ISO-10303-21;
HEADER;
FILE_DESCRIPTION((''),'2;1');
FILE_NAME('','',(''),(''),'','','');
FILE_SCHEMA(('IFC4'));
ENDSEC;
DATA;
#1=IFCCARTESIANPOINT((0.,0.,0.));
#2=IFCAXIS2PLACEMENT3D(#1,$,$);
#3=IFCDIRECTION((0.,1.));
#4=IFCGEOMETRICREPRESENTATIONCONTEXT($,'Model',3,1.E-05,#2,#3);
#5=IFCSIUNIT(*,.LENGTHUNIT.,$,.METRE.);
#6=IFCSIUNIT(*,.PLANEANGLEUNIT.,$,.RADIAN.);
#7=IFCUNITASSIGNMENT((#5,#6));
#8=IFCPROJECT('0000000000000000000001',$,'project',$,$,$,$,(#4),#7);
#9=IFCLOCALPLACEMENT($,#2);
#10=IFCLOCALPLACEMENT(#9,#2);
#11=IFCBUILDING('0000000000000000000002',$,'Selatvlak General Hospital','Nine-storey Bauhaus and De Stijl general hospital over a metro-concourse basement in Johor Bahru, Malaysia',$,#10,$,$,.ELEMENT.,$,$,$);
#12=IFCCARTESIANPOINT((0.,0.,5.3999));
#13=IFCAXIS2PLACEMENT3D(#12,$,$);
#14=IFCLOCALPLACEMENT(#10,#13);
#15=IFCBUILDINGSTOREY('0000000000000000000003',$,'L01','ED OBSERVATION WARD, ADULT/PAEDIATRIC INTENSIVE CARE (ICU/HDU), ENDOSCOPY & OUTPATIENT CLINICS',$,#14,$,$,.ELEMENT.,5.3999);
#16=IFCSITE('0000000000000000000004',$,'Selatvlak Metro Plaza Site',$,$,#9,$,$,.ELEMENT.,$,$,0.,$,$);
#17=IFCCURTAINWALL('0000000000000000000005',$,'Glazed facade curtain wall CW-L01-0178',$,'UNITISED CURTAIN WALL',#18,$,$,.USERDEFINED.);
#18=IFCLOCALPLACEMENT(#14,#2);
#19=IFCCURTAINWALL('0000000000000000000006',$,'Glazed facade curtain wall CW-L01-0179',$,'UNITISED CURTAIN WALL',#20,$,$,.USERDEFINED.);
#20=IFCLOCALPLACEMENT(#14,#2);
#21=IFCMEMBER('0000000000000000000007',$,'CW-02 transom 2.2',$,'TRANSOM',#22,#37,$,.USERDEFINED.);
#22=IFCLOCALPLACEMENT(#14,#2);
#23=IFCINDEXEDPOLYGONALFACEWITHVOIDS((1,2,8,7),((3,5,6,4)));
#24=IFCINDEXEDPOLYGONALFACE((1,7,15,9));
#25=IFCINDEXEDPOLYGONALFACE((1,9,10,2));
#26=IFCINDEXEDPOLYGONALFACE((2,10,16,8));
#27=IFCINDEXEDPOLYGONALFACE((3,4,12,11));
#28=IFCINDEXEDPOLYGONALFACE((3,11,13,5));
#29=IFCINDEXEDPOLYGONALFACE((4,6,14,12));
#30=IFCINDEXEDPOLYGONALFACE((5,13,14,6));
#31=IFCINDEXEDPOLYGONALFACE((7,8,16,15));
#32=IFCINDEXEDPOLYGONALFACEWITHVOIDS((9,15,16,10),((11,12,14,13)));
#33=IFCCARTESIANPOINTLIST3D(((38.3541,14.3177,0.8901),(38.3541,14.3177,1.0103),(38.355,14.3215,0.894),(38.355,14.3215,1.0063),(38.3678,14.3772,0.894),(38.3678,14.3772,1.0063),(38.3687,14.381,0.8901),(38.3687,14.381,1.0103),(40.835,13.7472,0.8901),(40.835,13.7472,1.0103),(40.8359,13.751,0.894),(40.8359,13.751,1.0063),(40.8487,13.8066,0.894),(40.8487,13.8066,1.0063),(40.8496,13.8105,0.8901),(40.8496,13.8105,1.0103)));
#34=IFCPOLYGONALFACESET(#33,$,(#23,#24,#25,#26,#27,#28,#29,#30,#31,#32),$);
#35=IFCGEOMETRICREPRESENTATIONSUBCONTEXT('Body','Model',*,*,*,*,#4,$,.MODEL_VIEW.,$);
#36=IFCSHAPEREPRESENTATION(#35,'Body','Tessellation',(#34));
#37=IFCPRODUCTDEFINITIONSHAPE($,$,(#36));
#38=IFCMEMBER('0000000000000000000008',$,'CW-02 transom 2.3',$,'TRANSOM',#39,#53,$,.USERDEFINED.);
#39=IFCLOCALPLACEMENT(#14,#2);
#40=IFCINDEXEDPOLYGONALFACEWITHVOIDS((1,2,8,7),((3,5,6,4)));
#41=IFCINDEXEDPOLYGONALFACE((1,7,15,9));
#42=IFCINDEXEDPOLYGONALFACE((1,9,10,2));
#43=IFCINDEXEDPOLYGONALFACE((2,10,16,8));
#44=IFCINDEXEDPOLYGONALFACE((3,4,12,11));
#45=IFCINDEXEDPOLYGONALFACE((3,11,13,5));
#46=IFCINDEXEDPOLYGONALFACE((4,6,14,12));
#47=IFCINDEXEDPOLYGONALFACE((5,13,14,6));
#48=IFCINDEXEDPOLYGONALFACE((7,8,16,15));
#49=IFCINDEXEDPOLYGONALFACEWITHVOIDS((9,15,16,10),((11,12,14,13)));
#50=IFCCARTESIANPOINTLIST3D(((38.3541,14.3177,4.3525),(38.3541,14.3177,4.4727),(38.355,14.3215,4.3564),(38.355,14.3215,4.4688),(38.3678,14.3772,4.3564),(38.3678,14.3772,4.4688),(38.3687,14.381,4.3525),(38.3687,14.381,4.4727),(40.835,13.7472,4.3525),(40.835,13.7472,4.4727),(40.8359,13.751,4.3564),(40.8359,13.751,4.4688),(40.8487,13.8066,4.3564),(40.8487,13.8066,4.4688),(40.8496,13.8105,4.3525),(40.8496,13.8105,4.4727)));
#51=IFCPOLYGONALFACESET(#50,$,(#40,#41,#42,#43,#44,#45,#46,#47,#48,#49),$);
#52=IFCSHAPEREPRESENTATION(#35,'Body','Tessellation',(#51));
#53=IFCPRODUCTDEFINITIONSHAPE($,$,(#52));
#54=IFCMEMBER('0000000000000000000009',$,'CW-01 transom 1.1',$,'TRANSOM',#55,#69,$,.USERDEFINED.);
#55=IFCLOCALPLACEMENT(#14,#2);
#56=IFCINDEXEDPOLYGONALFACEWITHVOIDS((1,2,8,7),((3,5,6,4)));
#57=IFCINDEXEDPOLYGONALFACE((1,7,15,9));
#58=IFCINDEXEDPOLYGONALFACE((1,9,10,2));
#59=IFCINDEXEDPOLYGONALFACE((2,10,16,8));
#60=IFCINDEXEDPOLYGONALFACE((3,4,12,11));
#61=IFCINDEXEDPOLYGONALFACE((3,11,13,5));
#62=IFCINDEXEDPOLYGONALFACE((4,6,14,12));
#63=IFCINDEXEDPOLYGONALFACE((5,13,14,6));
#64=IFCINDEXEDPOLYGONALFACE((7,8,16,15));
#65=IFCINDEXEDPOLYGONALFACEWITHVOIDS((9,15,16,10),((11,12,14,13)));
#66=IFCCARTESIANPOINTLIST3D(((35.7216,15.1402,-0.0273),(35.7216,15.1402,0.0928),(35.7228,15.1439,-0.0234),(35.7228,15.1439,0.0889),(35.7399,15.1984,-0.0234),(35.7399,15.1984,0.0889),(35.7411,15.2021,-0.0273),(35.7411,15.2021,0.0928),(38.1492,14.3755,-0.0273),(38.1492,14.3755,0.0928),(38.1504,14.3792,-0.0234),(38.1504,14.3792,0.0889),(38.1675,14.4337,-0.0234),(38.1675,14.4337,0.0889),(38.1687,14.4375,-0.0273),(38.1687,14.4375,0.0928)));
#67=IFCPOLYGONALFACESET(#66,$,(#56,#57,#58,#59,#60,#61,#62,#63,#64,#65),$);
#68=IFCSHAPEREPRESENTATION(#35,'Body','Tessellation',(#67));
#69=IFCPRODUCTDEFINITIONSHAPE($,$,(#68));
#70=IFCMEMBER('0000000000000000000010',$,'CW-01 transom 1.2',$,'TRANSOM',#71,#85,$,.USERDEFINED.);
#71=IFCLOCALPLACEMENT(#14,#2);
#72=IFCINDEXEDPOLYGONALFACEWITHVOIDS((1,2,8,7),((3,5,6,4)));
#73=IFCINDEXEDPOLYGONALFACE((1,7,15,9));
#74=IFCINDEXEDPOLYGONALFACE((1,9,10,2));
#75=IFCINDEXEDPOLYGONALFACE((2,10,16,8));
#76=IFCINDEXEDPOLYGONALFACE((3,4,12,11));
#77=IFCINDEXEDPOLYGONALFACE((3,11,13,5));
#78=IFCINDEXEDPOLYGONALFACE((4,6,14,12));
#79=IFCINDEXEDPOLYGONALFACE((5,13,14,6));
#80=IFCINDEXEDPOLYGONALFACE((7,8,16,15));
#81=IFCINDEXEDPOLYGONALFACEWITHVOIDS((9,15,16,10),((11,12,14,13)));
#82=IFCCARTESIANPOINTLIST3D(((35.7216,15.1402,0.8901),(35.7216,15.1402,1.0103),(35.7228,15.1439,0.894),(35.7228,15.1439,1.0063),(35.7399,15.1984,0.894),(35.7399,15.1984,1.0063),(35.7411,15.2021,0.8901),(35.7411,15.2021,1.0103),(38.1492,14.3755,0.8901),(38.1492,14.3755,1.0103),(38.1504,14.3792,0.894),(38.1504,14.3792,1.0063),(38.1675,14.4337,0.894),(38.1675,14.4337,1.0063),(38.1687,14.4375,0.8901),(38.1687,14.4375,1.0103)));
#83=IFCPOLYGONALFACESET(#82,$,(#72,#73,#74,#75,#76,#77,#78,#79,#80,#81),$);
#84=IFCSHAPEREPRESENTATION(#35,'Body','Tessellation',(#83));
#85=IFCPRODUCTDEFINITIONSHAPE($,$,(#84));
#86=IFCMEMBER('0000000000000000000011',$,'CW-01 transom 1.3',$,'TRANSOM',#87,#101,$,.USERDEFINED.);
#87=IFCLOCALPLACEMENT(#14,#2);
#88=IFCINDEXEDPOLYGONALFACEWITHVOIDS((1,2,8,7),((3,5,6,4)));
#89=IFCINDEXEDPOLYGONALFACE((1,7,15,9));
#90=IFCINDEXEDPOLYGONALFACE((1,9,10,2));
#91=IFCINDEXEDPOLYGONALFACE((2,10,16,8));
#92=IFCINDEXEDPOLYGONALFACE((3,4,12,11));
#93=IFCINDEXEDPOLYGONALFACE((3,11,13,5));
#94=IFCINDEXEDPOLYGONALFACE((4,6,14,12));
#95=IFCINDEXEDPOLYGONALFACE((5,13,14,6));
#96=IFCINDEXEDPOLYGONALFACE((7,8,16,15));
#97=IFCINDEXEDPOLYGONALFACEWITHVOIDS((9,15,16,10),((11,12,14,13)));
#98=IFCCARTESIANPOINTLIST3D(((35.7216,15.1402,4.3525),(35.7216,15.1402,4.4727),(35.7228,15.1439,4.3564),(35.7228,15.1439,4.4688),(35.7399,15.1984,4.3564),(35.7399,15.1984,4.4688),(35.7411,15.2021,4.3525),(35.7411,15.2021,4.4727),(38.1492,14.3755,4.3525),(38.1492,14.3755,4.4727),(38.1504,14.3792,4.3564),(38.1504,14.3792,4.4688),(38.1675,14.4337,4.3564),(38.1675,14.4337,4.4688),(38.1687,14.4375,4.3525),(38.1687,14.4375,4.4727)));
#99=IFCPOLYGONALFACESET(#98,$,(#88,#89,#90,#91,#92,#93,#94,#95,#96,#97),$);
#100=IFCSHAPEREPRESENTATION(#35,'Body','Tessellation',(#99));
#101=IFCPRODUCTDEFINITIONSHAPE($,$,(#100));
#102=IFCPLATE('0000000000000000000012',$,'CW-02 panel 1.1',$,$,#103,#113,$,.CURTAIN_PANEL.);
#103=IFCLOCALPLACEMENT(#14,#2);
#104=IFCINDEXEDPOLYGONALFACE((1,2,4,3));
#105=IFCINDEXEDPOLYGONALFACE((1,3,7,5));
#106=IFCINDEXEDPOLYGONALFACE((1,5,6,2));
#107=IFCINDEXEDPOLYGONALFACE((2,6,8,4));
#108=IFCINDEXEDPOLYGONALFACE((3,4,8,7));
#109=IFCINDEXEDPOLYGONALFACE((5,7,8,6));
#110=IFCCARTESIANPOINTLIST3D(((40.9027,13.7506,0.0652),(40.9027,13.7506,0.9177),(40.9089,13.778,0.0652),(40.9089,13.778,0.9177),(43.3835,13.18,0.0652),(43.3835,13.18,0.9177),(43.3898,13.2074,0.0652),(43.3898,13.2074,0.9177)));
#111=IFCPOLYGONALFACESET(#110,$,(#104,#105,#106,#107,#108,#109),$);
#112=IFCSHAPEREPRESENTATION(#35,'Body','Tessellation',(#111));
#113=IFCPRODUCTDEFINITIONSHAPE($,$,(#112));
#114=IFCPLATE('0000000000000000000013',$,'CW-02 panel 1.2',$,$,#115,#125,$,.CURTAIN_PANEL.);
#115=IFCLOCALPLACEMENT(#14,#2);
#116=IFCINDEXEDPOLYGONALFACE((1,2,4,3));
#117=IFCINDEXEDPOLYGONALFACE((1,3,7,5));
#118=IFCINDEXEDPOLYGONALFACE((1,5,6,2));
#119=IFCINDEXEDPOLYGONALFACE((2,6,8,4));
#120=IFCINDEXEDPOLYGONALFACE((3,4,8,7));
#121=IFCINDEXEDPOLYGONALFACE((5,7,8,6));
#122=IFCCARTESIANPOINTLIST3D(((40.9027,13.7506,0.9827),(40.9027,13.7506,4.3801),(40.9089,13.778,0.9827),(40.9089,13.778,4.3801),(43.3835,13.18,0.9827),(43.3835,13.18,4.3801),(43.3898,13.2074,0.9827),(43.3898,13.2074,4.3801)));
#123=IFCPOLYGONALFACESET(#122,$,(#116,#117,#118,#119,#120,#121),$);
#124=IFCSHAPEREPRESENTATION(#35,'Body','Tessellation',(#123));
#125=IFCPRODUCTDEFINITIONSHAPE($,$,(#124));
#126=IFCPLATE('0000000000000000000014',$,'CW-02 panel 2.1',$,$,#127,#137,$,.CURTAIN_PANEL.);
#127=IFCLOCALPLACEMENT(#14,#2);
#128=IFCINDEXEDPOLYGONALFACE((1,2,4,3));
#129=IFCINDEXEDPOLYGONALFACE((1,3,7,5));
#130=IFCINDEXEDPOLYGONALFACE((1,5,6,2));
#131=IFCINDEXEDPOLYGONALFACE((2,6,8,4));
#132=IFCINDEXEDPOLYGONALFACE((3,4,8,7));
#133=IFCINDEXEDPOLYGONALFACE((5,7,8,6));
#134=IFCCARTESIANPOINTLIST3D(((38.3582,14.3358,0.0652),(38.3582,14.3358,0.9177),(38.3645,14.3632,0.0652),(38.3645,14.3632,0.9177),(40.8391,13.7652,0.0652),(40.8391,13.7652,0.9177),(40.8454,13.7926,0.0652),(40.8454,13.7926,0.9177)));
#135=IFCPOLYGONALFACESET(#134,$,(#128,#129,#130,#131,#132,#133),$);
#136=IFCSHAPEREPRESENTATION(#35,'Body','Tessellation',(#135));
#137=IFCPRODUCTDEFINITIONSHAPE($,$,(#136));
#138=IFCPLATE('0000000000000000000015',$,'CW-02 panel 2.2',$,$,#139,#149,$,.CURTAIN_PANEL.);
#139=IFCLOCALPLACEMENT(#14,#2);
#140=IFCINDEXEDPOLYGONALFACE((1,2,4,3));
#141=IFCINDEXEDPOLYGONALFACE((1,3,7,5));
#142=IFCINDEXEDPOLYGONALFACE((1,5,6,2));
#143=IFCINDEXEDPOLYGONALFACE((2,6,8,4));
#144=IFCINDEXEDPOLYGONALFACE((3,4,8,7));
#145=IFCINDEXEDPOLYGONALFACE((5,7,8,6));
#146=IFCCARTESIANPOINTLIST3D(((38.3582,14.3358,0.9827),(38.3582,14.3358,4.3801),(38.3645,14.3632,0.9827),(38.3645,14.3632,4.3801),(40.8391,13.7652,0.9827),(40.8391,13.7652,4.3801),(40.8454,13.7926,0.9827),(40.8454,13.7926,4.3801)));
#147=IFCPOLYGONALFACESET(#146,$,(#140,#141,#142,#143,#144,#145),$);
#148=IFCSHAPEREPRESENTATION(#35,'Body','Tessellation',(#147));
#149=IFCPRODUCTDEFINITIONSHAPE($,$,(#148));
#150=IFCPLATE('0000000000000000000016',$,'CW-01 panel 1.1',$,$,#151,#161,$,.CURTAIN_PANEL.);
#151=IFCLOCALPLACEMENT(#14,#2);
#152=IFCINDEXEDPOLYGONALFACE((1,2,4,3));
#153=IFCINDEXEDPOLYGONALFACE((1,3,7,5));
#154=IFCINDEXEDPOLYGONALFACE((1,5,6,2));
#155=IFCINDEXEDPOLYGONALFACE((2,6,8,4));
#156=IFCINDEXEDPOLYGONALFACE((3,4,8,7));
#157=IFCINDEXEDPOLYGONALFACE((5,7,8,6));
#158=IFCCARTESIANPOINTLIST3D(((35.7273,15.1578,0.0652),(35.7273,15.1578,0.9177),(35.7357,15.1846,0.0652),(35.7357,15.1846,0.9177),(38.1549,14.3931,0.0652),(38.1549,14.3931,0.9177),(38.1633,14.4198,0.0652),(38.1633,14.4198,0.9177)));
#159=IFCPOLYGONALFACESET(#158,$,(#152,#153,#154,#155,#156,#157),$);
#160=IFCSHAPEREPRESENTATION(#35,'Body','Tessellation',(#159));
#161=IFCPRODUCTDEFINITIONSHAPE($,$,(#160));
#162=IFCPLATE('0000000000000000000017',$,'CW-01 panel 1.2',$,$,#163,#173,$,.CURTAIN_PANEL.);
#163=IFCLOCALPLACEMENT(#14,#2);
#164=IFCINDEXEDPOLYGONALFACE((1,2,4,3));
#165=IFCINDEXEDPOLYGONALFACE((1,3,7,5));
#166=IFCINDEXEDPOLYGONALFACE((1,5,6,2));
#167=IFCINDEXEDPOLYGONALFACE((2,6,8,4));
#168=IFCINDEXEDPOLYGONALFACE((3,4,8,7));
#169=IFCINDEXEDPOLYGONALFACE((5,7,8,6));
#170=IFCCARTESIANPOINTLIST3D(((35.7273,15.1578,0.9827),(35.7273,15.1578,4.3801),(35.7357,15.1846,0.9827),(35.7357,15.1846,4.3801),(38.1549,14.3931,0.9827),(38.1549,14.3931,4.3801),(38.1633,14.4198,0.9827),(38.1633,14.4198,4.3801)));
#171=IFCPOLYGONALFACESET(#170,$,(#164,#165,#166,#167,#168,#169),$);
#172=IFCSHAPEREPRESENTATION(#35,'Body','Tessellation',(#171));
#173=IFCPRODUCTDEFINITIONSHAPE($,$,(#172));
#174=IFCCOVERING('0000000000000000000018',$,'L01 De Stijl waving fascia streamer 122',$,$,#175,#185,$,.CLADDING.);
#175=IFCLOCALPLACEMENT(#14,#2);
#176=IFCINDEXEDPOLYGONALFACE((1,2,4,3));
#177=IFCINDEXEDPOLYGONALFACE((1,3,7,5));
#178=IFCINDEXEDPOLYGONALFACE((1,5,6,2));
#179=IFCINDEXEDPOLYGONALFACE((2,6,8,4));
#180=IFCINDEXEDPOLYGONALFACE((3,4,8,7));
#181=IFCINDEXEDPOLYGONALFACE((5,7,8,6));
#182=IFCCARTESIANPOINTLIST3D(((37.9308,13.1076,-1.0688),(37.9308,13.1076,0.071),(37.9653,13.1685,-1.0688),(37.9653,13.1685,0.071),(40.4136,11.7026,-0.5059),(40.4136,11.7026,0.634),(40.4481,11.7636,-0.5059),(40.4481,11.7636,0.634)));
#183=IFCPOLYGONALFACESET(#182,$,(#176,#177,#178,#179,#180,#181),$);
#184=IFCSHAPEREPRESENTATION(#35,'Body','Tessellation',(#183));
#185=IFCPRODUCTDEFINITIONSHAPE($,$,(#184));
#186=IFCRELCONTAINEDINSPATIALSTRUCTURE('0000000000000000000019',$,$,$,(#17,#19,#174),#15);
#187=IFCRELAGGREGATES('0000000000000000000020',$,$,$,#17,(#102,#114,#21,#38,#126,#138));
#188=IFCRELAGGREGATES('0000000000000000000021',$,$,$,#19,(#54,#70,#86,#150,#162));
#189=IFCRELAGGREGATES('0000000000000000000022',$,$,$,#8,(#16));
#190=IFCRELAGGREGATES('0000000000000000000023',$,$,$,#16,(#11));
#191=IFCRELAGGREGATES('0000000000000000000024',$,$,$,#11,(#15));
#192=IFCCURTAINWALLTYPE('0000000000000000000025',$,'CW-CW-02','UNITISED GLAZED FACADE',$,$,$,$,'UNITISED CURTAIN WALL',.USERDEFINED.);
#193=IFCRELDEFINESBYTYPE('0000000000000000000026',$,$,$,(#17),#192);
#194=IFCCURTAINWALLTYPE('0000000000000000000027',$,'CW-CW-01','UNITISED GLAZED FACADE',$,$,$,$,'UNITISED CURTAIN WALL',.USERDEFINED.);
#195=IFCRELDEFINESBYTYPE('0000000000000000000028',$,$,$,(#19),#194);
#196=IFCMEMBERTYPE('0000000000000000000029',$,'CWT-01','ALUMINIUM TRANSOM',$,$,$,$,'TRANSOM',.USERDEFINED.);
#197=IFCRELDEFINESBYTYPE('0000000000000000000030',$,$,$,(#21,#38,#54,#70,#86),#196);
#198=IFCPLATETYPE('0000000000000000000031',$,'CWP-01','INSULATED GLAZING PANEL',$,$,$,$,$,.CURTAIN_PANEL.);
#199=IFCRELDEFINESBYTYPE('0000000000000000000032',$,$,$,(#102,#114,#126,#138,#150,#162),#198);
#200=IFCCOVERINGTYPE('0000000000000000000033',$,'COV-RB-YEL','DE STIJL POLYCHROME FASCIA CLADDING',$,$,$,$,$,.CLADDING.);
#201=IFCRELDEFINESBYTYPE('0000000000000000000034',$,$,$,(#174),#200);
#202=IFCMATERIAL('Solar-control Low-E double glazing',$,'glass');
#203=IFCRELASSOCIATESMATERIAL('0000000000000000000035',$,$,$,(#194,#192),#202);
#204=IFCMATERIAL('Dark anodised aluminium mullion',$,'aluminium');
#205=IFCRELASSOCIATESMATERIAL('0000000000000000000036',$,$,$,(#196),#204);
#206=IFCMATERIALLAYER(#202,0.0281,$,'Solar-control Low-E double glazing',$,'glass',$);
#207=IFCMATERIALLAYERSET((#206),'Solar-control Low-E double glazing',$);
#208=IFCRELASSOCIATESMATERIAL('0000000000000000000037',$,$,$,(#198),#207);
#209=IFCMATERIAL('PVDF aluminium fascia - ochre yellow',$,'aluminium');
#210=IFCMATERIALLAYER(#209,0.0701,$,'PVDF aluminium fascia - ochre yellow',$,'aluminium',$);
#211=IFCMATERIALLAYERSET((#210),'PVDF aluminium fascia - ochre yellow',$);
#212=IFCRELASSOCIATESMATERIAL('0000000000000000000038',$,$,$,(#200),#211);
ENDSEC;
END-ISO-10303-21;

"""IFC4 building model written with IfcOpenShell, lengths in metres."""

from ifc_helpers import new_model, si_unit, direction, frame, origin, origin_2d, place, context, subcontext, project, spatial, polyline, rectangle, hollow_rectangle, outline, extrude, material, layer, layer_set, material_profile, profile_set, type_object, element, aggregate, save


model = new_model("IFC4")

# Units and contexts
model_context = context("Model", 3, precision=1e-05, world=origin(), true_north=direction((0.0, 1.0)))
body_context = subcontext(model_context, "Body", "Model", "MODEL_VIEW")
ifc_project = project(units=[si_unit("LENGTHUNIT", "METRE"), si_unit("PLANEANGLEUNIT", "RADIAN")], contexts=[model_context])

# Site, building, storey
site_placement = place(None, origin())
site = spatial("IfcSite", under=ifc_project, at=site_placement, Name="Selatvlak Metro Plaza Site", CompositionType="ELEMENT", RefElevation=0.0)
building_placement = place(site_placement, origin())
building = spatial("IfcBuilding", under=site, at=building_placement, Name="Selatvlak General Hospital", Description="Nine-storey Bauhaus and De Stijl general hospital over a metro-concourse basement in Johor Bahru, Malaysia", CompositionType="ELEMENT")
storey_placement = place(building_placement, frame((0.0, 0.0, 5.3999)))
storey = spatial("IfcBuildingStorey", under=building, at=storey_placement, Name="L01", Description="ED OBSERVATION WARD, ADULT/PAEDIATRIC INTENSIVE CARE (ICU/HDU), ENDOSCOPY & OUTPATIENT CLINICS", CompositionType="ELEMENT", Elevation=5.3999)

# Shared definitions
ifc_material_1 = material(Name="Solar-control Low-E double glazing", Category="glass")
curtain_wall_type_1 = type_object("IfcCurtainWallType", Name="CW-CW-01", Description="UNITISED GLAZED FACADE", ElementType="UNITISED CURTAIN WALL", PredefinedType="USERDEFINED", material=ifc_material_1)
ifc_material_2 = material(Name="Dark anodised aluminium mullion", Category="aluminium")

# Curtain walls
curtain_wall_type_2 = type_object("IfcCurtainWallType", Name="CW-CW-02", Description="UNITISED GLAZED FACADE", ElementType="UNITISED CURTAIN WALL", PredefinedType="USERDEFINED", material=ifc_material_1)
curtain_wall_1_placement = place(storey_placement, origin())
curtain_wall_1 = element("IfcCurtainWall", 1, at=curtain_wall_1_placement, inside=storey, type_object=curtain_wall_type_2, Name="Glazed facade curtain wall CW-L01-0178", ObjectType="UNITISED CURTAIN WALL", PredefinedType="USERDEFINED")
curtain_wall_2_placement = place(storey_placement, origin())
curtain_wall_2 = element("IfcCurtainWall", 2, at=curtain_wall_2_placement, inside=storey, type_object=curtain_wall_type_1, Name="Glazed facade curtain wall CW-L01-0179", ObjectType="UNITISED CURTAIN WALL", PredefinedType="USERDEFINED")

# Members
ifc_material_profile_1 = material_profile(ifc_material_2, hollow_rectangle(XDim=0.0649, YDim=0.1201, WallThickness=0.0039, at=origin_2d()), Name="AL-TRN 65x120x4")
ifc_profile_set_1 = profile_set([ifc_material_profile_1], Name="Dark anodised aluminium mullion")
member_type_1 = type_object("IfcMemberType", Name="CWT-01", Description="ALUMINIUM TRANSOM", ElementType="TRANSOM", PredefinedType="USERDEFINED", material=ifc_profile_set_1)
member_1_placement = place(storey_placement, frame((40.8423, 13.7788, 0.9502), z_axis=(-0.974561, 0.224124, 0.0), x_axis=(-0.224124, -0.974561, 0.0)))
member_1 = element("IfcMember", 3, at=member_1_placement, type_object=member_type_1, Name="CW-02 transom 2.2", ObjectType="TRANSOM", PredefinedType="USERDEFINED", context=body_context, shape_type="SweptSolid", body=[
    extrude(hollow_rectangle(XDim=0.0649, YDim=0.1201, WallThickness=0.0039, at=origin_2d()), origin(), (0.0, 0.0, 1.0), 2.5457),
])
member_2_placement = place(storey_placement, frame((40.8423, 13.7788, 4.4126), z_axis=(-0.974561, 0.224124, 0.0), x_axis=(-0.224124, -0.974561, 0.0)))
member_2 = element("IfcMember", 4, at=member_2_placement, type_object=member_type_1, Name="CW-02 transom 2.3", ObjectType="TRANSOM", PredefinedType="USERDEFINED", context=body_context, shape_type="SweptSolid", body=[
    extrude(hollow_rectangle(XDim=0.0649, YDim=0.1201, WallThickness=0.0039, at=origin_2d()), origin(), (0.0, 0.0, 1.0), 2.5457),
])
member_3_placement = place(storey_placement, frame((38.1589, 14.4065, 0.0327), z_axis=(-0.9538, 0.300443, 0.0), x_axis=(-0.300443, -0.9538, 0.0)))
member_3 = element("IfcMember", 5, at=member_3_placement, type_object=member_type_1, Name="CW-01 transom 1.1", ObjectType="TRANSOM", PredefinedType="USERDEFINED", context=body_context, shape_type="SweptSolid", body=[
    extrude(hollow_rectangle(XDim=0.0649, YDim=0.1201, WallThickness=0.0039, at=origin_2d()), origin(), (0.0, 0.0, 1.0), 2.5452),
])
member_4_placement = place(storey_placement, frame((38.1589, 14.4065, 0.9502), z_axis=(-0.9538, 0.300443, 0.0), x_axis=(-0.300443, -0.9538, 0.0)))
member_4 = element("IfcMember", 6, at=member_4_placement, type_object=member_type_1, Name="CW-01 transom 1.2", ObjectType="TRANSOM", PredefinedType="USERDEFINED", context=body_context, shape_type="SweptSolid", body=[
    extrude(hollow_rectangle(XDim=0.0649, YDim=0.1201, WallThickness=0.0039, at=origin_2d()), origin(), (0.0, 0.0, 1.0), 2.5452),
])
member_5_placement = place(storey_placement, frame((38.1589, 14.4065, 4.4126), z_axis=(-0.9538, 0.300443, 0.0), x_axis=(-0.300443, -0.9538, 0.0)))
member_5 = element("IfcMember", 7, at=member_5_placement, type_object=member_type_1, Name="CW-01 transom 1.3", ObjectType="TRANSOM", PredefinedType="USERDEFINED", context=body_context, shape_type="SweptSolid", body=[
    extrude(hollow_rectangle(XDim=0.0649, YDim=0.1201, WallThickness=0.0039, at=origin_2d()), origin(), (0.0, 0.0, 1.0), 2.5452),
])

# Plates
ifc_layer_1 = layer(ifc_material_1, 0.0281, Name="Solar-control Low-E double glazing", Category="glass")
ifc_layer_set_1 = layer_set([ifc_layer_1], Name="Solar-control Low-E double glazing")
plate_type = type_object("IfcPlateType", Name="CWP-01", Description="INSULATED GLAZING PANEL", PredefinedType="CURTAIN_PANEL", material=ifc_layer_set_1)
plate_1_placement = place(storey_placement, frame((42.1462, 13.479, 0.0652), z_axis=(0.0, 0.0, 1.0), x_axis=(-0.974554, 0.224155, 0.0)))
plate_1 = element("IfcPlate", 8, at=plate_1_placement, type_object=plate_type, Name="CW-02 panel 1.1", PredefinedType="CURTAIN_PANEL", context=body_context, shape_type="SweptSolid", body=[
    extrude(rectangle(XDim=2.5457, YDim=0.0281, at=origin_2d()), origin(), (0.0, 0.0, 1.0), 0.8525),
])
plate_2_placement = place(storey_placement, frame((42.1462, 13.479, 0.9827), z_axis=(0.0, 0.0, 1.0), x_axis=(-0.974554, 0.224155, 0.0)))
plate_2 = element("IfcPlate", 9, at=plate_2_placement, type_object=plate_type, Name="CW-02 panel 1.2", PredefinedType="CURTAIN_PANEL", context=body_context, shape_type="SweptSolid", body=[
    extrude(rectangle(XDim=2.5457, YDim=0.0281, at=origin_2d()), origin(), (0.0, 0.0, 1.0), 3.3975),
])
plate_3_placement = place(storey_placement, frame((39.6018, 14.0642, 0.0652), z_axis=(0.0, 0.0, 1.0), x_axis=(-0.974554, 0.224155, 0.0)))
plate_3 = element("IfcPlate", 10, at=plate_3_placement, type_object=plate_type, Name="CW-02 panel 2.1", PredefinedType="CURTAIN_PANEL", context=body_context, shape_type="SweptSolid", body=[
    extrude(rectangle(XDim=2.5457, YDim=0.0281, at=origin_2d()), origin(), (0.0, 0.0, 1.0), 0.8525),
])
plate_4_placement = place(storey_placement, frame((39.6018, 14.0642, 0.9827), z_axis=(0.0, 0.0, 1.0), x_axis=(-0.974554, 0.224155, 0.0)))
plate_4 = element("IfcPlate", 11, at=plate_4_placement, type_object=plate_type, Name="CW-02 panel 2.2", PredefinedType="CURTAIN_PANEL", context=body_context, shape_type="SweptSolid", body=[
    extrude(rectangle(XDim=2.5457, YDim=0.0281, at=origin_2d()), origin(), (0.0, 0.0, 1.0), 3.3975),
])
aggregate(curtain_wall_1, [plate_1, plate_2, member_1, member_2, plate_3, plate_4])
plate_5_placement = place(storey_placement, frame((36.9453, 14.7888, 0.0652), z_axis=(0.0, 0.0, 1.0), x_axis=(-0.953794, 0.300461, 0.0)))
plate_5 = element("IfcPlate", 12, at=plate_5_placement, type_object=plate_type, Name="CW-01 panel 1.1", PredefinedType="CURTAIN_PANEL", context=body_context, shape_type="SweptSolid", body=[
    extrude(rectangle(XDim=2.5452, YDim=0.0281, at=origin_2d()), origin(), (0.0, 0.0, 1.0), 0.8525),
])
plate_6_placement = place(storey_placement, frame((36.9453, 14.7888, 0.9827), z_axis=(0.0, 0.0, 1.0), x_axis=(-0.953794, 0.300461, 0.0)))
plate_6 = element("IfcPlate", 13, at=plate_6_placement, type_object=plate_type, Name="CW-01 panel 1.2", PredefinedType="CURTAIN_PANEL", context=body_context, shape_type="SweptSolid", body=[
    extrude(rectangle(XDim=2.5452, YDim=0.0281, at=origin_2d()), origin(), (0.0, 0.0, 1.0), 3.3975),
])
aggregate(curtain_wall_2, [member_3, member_4, member_5, plate_5, plate_6])

# Covering
ifc_material_3 = material(Name="PVDF aluminium fascia - ochre yellow", Category="aluminium")
ifc_layer_2 = layer(ifc_material_3, 0.0701, Name="PVDF aluminium fascia - ochre yellow", Category="aluminium")
ifc_layer_set_2 = layer_set([ifc_layer_2], Name="PVDF aluminium fascia - ochre yellow")
covering_type = type_object("IfcCoveringType", Name="COV-RB-YEL", Description="DE STIJL POLYCHROME FASCIA CLADDING", PredefinedType="CLADDING", material=ifc_layer_set_2)
covering_1_placement = place(storey_placement, frame((37.948, 13.1379, -1.0688), z_axis=(0.0, 0.0, 1.0), x_axis=(0.870316, -0.492494, 0.0)))
element("IfcCovering", 14, at=covering_1_placement, inside=storey, type_object=covering_type, Name="L01 De Stijl waving fascia streamer 122", PredefinedType="CLADDING", context=body_context, shape_type="SweptSolid", body=[
    extrude(outline(polyline([(0.0, 0.0), (2.8528, 0.563), (2.8528, 1.7029), (0.0, 1.1399), (0.0, 0.0)])), frame((0.0, 0.0352, 0.0), z_axis=(0.0, -1.0, 0.0), x_axis=(1.0, 0.0, 0.0)), (0.0, 0.0, 1.0), 0.0701),
])

save(model, "model.ifc")
